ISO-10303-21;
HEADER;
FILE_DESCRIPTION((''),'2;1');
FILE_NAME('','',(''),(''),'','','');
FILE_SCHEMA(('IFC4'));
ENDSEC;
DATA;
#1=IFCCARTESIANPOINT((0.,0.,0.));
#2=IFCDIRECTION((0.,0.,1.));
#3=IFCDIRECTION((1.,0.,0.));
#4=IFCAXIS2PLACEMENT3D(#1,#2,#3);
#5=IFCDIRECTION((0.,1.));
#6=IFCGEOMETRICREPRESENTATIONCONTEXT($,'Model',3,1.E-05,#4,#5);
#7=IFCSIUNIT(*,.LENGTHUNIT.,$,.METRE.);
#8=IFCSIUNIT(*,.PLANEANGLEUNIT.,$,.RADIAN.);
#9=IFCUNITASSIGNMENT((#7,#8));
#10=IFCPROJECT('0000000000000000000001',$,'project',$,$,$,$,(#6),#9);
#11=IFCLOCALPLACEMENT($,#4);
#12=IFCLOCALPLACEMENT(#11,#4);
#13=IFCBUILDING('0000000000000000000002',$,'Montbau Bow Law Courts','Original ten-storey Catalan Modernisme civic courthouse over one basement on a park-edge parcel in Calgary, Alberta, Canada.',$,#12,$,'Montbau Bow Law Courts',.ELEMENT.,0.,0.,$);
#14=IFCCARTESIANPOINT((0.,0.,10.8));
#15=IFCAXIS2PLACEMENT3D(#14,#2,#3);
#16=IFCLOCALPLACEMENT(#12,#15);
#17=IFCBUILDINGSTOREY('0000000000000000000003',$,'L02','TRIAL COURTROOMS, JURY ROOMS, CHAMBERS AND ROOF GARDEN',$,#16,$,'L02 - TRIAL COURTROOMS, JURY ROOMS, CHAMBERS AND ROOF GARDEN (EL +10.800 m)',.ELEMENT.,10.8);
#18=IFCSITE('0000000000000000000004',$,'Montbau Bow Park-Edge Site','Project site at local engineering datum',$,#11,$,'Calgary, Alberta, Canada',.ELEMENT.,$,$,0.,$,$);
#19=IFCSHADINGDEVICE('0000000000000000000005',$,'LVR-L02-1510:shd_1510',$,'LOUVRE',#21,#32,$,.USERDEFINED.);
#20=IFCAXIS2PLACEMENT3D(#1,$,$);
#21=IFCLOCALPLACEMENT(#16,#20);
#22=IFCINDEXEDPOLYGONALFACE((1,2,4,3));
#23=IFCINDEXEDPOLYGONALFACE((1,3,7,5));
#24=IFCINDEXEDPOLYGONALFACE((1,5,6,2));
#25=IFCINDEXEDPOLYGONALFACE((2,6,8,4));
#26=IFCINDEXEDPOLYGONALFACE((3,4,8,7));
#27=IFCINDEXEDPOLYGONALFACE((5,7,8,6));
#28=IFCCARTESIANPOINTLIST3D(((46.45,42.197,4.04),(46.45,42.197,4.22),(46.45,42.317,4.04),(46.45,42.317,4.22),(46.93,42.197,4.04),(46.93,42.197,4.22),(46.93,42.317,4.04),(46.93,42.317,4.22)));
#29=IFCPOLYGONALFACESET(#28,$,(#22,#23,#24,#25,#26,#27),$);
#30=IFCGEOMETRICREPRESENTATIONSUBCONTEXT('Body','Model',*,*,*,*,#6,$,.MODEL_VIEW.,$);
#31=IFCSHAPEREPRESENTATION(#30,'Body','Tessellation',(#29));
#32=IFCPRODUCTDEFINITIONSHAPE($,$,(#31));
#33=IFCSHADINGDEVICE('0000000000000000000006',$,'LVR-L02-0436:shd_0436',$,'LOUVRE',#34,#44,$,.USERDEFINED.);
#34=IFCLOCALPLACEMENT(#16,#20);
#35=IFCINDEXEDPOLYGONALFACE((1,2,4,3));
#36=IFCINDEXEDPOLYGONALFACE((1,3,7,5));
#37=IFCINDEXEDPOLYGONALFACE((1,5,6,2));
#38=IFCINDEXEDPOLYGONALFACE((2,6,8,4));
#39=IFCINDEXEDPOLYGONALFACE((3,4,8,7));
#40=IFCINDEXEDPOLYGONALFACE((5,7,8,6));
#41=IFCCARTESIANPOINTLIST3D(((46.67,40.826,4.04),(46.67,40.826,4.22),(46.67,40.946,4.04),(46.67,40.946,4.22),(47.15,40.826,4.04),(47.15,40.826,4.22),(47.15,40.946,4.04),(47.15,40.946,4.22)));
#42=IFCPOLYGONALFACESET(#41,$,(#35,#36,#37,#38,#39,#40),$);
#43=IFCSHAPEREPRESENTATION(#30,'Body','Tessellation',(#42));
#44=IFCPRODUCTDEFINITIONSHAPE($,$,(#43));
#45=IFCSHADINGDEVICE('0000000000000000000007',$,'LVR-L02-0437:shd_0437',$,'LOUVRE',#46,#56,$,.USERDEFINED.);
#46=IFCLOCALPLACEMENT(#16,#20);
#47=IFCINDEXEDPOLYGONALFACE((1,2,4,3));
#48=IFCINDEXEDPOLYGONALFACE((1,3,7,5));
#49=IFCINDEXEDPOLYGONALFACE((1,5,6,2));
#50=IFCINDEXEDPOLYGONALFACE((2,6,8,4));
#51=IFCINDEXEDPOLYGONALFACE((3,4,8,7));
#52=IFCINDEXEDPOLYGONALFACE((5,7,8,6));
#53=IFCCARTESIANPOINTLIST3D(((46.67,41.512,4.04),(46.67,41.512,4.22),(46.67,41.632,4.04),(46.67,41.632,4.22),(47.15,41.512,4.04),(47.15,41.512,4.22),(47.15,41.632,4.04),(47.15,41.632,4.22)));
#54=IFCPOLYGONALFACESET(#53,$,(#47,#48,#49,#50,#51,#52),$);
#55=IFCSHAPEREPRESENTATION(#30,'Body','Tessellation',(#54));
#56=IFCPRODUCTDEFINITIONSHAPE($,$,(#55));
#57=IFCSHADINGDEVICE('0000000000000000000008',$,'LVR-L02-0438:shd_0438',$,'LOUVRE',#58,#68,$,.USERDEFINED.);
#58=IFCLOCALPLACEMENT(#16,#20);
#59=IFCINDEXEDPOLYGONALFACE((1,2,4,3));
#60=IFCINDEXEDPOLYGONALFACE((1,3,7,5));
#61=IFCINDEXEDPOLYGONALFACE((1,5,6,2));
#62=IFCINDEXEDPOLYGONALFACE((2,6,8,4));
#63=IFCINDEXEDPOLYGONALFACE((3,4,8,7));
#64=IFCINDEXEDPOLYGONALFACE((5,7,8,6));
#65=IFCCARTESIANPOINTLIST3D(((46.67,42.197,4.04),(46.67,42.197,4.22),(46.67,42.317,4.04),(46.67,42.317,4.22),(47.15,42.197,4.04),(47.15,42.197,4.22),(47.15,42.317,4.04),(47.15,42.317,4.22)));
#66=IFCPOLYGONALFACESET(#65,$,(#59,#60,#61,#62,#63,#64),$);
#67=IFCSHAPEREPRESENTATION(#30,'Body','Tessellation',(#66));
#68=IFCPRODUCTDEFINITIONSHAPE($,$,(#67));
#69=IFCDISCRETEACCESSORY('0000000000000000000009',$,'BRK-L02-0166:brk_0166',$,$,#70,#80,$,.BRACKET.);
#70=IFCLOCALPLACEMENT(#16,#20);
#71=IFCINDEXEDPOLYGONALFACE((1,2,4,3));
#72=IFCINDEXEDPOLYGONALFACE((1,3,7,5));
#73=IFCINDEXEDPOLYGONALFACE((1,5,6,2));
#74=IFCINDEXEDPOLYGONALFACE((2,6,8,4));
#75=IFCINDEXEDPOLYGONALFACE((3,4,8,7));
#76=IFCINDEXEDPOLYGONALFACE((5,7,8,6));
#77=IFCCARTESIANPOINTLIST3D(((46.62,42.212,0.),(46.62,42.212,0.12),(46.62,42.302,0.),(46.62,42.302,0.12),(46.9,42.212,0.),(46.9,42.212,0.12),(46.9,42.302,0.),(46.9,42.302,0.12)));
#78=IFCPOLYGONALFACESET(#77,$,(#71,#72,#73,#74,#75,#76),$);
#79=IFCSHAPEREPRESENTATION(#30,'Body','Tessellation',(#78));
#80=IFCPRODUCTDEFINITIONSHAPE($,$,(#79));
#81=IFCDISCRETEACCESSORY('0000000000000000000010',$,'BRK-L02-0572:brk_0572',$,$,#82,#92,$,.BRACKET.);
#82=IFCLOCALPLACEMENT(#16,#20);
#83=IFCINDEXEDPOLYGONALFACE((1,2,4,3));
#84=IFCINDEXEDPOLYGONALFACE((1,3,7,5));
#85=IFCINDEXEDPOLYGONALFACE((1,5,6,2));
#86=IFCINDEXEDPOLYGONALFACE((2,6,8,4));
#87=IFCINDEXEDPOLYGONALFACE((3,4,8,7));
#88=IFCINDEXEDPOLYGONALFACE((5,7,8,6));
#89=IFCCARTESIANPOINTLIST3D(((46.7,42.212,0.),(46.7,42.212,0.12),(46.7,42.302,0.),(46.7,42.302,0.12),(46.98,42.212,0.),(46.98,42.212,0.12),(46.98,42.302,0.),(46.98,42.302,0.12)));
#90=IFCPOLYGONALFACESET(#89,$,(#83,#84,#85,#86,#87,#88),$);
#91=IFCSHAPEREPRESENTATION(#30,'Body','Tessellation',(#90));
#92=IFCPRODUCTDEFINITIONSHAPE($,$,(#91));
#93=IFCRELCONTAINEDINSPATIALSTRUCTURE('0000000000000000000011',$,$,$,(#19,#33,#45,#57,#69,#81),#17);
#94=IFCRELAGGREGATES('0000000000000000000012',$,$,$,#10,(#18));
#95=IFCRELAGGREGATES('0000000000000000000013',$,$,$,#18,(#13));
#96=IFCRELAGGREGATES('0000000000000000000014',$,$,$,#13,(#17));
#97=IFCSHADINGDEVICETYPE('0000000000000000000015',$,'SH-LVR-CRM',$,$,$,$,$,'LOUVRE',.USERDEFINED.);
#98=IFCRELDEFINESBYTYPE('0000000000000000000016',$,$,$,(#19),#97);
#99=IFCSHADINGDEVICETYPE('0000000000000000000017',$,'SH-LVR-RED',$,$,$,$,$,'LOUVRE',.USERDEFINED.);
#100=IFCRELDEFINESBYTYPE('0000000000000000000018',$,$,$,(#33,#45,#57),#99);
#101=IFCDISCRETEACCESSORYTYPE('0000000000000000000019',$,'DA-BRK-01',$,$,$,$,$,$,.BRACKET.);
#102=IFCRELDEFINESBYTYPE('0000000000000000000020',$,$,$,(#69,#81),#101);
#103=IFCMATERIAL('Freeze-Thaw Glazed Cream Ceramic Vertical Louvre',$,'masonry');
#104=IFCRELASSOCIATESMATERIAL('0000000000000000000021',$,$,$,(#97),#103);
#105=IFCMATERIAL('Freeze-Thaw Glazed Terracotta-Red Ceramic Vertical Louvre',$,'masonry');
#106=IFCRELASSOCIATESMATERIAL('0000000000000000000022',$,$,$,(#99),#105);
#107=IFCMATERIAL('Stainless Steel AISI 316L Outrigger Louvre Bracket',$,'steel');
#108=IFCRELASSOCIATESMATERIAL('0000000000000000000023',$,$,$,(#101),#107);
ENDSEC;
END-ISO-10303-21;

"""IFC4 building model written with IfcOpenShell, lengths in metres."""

from ifc_helpers import new_model, si_unit, direction, frame, origin_with_axes, origin_2d_with_axis, place, context, subcontext, project, spatial, rectangle, extrude, material, type_object, element, save


model = new_model("IFC4")

# Units and contexts
model_context = context("Model", 3, precision=1e-05, world=origin_with_axes(), true_north=direction((0.0, 1.0)))
body_context = subcontext(model_context, "Body", "Model", "MODEL_VIEW")
ifc_project = project(units=[si_unit("LENGTHUNIT", "METRE"), si_unit("PLANEANGLEUNIT", "RADIAN")], contexts=[model_context])

# Site, building, storey
site_placement = place(None, origin_with_axes())
site = spatial("IfcSite", under=ifc_project, at=site_placement, Name="Montbau Bow Park-Edge Site", Description="Project site at local engineering datum", LongName="Calgary, Alberta, Canada", CompositionType="ELEMENT", RefElevation=0.0)
building_placement = place(site_placement, origin_with_axes())
building = spatial("IfcBuilding", under=site, at=building_placement, Name="Montbau Bow Law Courts", Description="Original ten-storey Catalan Modernisme civic courthouse over one basement on a park-edge parcel in Calgary, Alberta, Canada.", LongName="Montbau Bow Law Courts", CompositionType="ELEMENT", ElevationOfRefHeight=0.0, ElevationOfTerrain=0.0)
storey_placement = place(building_placement, frame((0.0, 0.0, 10.8), z_axis=(0.0, 0.0, 1.0), x_axis=(1.0, 0.0, 0.0)))
storey = spatial("IfcBuildingStorey", under=building, at=storey_placement, Name="L02", Description="TRIAL COURTROOMS, JURY ROOMS, CHAMBERS AND ROOF GARDEN", LongName="L02 - TRIAL COURTROOMS, JURY ROOMS, CHAMBERS AND ROOF GARDEN (EL +10.800 m)", CompositionType="ELEMENT", Elevation=10.8)

# Shared definitions
ifc_material_1 = material(Name="Freeze-Thaw Glazed Terracotta-Red Ceramic Vertical Louvre", Category="masonry")

# Shading devices
ifc_material_2 = material(Name="Freeze-Thaw Glazed Cream Ceramic Vertical Louvre", Category="masonry")
shading_device_type_1 = type_object("IfcShadingDeviceType", Name="SH-LVR-CRM", ElementType="LOUVRE", PredefinedType="USERDEFINED", material=ifc_material_2)
for number, where, z_axis, x_axis, name in (
    (1, (46.69, 42.257, 14.84), (0.0, 0.0, 1.0), (-1.0, 0.0, 0.0), "LVR-L02-1510:shd_1510"),
):
    element("IfcShadingDevice", number, at=place(None, frame(where, z_axis=z_axis, x_axis=x_axis)), inside=storey, type_object=shading_device_type_1, Name=name, ObjectType="LOUVRE", PredefinedType="USERDEFINED", context=body_context, shape_type="SweptSolid", body=[
        extrude(rectangle(XDim=0.48, YDim=0.12, at=origin_2d_with_axis()), origin_with_axes(), (0.0, 0.0, 1.0), 0.18),
    ])
shading_device_type_2 = type_object("IfcShadingDeviceType", Name="SH-LVR-RED", ElementType="LOUVRE", PredefinedType="USERDEFINED", material=ifc_material_1)
for number, where, z_axis, x_axis, name in (
    (2, (46.91, 40.886, 14.84), (0.0, 0.0, 1.0), (1.0, 0.0, 0.0), "LVR-L02-0436:shd_0436"),
    (3, (46.91, 41.572, 14.84), (0.0, 0.0, 1.0), (1.0, 0.0, 0.0), "LVR-L02-0437:shd_0437"),
    (4, (46.91, 42.257, 14.84), (0.0, 0.0, 1.0), (1.0, 0.0, 0.0), "LVR-L02-0438:shd_0438"),
):
    element("IfcShadingDevice", number, at=place(None, frame(where, z_axis=z_axis, x_axis=x_axis)), inside=storey, type_object=shading_device_type_2, Name=name, ObjectType="LOUVRE", PredefinedType="USERDEFINED", context=body_context, shape_type="SweptSolid", body=[
        extrude(rectangle(XDim=0.48, YDim=0.12, at=origin_2d_with_axis()), origin_with_axes(), (0.0, 0.0, 1.0), 0.18),
    ])

# Discrete accessories
ifc_material_3 = material(Name="Stainless Steel AISI 316L Outrigger Louvre Bracket", Category="steel")
discrete_accessory_type = type_object("IfcDiscreteAccessoryType", Name="DA-BRK-01", PredefinedType="BRACKET", material=ifc_material_3)
for number, where, z_axis, x_axis, name in (
    (5, (46.76, 42.257, 10.8), (0.0, 0.0, 1.0), (1.0, 0.0, 0.0), "BRK-L02-0166:brk_0166"),
    (6, (46.84, 42.257, 10.8), (0.0, 0.0, 1.0), (-1.0, 0.0, 0.0), "BRK-L02-0572:brk_0572"),
):
    element("IfcDiscreteAccessory", number, at=place(None, frame(where, z_axis=z_axis, x_axis=x_axis)), inside=storey, type_object=discrete_accessory_type, Name=name, PredefinedType="BRACKET", context=body_context, shape_type="SweptSolid", body=[
        extrude(rectangle(XDim=0.28, YDim=0.09, at=origin_2d_with_axis()), origin_with_axes(), (0.0, 0.0, 1.0), 0.12),
    ])

save(model, "model.ifc")
